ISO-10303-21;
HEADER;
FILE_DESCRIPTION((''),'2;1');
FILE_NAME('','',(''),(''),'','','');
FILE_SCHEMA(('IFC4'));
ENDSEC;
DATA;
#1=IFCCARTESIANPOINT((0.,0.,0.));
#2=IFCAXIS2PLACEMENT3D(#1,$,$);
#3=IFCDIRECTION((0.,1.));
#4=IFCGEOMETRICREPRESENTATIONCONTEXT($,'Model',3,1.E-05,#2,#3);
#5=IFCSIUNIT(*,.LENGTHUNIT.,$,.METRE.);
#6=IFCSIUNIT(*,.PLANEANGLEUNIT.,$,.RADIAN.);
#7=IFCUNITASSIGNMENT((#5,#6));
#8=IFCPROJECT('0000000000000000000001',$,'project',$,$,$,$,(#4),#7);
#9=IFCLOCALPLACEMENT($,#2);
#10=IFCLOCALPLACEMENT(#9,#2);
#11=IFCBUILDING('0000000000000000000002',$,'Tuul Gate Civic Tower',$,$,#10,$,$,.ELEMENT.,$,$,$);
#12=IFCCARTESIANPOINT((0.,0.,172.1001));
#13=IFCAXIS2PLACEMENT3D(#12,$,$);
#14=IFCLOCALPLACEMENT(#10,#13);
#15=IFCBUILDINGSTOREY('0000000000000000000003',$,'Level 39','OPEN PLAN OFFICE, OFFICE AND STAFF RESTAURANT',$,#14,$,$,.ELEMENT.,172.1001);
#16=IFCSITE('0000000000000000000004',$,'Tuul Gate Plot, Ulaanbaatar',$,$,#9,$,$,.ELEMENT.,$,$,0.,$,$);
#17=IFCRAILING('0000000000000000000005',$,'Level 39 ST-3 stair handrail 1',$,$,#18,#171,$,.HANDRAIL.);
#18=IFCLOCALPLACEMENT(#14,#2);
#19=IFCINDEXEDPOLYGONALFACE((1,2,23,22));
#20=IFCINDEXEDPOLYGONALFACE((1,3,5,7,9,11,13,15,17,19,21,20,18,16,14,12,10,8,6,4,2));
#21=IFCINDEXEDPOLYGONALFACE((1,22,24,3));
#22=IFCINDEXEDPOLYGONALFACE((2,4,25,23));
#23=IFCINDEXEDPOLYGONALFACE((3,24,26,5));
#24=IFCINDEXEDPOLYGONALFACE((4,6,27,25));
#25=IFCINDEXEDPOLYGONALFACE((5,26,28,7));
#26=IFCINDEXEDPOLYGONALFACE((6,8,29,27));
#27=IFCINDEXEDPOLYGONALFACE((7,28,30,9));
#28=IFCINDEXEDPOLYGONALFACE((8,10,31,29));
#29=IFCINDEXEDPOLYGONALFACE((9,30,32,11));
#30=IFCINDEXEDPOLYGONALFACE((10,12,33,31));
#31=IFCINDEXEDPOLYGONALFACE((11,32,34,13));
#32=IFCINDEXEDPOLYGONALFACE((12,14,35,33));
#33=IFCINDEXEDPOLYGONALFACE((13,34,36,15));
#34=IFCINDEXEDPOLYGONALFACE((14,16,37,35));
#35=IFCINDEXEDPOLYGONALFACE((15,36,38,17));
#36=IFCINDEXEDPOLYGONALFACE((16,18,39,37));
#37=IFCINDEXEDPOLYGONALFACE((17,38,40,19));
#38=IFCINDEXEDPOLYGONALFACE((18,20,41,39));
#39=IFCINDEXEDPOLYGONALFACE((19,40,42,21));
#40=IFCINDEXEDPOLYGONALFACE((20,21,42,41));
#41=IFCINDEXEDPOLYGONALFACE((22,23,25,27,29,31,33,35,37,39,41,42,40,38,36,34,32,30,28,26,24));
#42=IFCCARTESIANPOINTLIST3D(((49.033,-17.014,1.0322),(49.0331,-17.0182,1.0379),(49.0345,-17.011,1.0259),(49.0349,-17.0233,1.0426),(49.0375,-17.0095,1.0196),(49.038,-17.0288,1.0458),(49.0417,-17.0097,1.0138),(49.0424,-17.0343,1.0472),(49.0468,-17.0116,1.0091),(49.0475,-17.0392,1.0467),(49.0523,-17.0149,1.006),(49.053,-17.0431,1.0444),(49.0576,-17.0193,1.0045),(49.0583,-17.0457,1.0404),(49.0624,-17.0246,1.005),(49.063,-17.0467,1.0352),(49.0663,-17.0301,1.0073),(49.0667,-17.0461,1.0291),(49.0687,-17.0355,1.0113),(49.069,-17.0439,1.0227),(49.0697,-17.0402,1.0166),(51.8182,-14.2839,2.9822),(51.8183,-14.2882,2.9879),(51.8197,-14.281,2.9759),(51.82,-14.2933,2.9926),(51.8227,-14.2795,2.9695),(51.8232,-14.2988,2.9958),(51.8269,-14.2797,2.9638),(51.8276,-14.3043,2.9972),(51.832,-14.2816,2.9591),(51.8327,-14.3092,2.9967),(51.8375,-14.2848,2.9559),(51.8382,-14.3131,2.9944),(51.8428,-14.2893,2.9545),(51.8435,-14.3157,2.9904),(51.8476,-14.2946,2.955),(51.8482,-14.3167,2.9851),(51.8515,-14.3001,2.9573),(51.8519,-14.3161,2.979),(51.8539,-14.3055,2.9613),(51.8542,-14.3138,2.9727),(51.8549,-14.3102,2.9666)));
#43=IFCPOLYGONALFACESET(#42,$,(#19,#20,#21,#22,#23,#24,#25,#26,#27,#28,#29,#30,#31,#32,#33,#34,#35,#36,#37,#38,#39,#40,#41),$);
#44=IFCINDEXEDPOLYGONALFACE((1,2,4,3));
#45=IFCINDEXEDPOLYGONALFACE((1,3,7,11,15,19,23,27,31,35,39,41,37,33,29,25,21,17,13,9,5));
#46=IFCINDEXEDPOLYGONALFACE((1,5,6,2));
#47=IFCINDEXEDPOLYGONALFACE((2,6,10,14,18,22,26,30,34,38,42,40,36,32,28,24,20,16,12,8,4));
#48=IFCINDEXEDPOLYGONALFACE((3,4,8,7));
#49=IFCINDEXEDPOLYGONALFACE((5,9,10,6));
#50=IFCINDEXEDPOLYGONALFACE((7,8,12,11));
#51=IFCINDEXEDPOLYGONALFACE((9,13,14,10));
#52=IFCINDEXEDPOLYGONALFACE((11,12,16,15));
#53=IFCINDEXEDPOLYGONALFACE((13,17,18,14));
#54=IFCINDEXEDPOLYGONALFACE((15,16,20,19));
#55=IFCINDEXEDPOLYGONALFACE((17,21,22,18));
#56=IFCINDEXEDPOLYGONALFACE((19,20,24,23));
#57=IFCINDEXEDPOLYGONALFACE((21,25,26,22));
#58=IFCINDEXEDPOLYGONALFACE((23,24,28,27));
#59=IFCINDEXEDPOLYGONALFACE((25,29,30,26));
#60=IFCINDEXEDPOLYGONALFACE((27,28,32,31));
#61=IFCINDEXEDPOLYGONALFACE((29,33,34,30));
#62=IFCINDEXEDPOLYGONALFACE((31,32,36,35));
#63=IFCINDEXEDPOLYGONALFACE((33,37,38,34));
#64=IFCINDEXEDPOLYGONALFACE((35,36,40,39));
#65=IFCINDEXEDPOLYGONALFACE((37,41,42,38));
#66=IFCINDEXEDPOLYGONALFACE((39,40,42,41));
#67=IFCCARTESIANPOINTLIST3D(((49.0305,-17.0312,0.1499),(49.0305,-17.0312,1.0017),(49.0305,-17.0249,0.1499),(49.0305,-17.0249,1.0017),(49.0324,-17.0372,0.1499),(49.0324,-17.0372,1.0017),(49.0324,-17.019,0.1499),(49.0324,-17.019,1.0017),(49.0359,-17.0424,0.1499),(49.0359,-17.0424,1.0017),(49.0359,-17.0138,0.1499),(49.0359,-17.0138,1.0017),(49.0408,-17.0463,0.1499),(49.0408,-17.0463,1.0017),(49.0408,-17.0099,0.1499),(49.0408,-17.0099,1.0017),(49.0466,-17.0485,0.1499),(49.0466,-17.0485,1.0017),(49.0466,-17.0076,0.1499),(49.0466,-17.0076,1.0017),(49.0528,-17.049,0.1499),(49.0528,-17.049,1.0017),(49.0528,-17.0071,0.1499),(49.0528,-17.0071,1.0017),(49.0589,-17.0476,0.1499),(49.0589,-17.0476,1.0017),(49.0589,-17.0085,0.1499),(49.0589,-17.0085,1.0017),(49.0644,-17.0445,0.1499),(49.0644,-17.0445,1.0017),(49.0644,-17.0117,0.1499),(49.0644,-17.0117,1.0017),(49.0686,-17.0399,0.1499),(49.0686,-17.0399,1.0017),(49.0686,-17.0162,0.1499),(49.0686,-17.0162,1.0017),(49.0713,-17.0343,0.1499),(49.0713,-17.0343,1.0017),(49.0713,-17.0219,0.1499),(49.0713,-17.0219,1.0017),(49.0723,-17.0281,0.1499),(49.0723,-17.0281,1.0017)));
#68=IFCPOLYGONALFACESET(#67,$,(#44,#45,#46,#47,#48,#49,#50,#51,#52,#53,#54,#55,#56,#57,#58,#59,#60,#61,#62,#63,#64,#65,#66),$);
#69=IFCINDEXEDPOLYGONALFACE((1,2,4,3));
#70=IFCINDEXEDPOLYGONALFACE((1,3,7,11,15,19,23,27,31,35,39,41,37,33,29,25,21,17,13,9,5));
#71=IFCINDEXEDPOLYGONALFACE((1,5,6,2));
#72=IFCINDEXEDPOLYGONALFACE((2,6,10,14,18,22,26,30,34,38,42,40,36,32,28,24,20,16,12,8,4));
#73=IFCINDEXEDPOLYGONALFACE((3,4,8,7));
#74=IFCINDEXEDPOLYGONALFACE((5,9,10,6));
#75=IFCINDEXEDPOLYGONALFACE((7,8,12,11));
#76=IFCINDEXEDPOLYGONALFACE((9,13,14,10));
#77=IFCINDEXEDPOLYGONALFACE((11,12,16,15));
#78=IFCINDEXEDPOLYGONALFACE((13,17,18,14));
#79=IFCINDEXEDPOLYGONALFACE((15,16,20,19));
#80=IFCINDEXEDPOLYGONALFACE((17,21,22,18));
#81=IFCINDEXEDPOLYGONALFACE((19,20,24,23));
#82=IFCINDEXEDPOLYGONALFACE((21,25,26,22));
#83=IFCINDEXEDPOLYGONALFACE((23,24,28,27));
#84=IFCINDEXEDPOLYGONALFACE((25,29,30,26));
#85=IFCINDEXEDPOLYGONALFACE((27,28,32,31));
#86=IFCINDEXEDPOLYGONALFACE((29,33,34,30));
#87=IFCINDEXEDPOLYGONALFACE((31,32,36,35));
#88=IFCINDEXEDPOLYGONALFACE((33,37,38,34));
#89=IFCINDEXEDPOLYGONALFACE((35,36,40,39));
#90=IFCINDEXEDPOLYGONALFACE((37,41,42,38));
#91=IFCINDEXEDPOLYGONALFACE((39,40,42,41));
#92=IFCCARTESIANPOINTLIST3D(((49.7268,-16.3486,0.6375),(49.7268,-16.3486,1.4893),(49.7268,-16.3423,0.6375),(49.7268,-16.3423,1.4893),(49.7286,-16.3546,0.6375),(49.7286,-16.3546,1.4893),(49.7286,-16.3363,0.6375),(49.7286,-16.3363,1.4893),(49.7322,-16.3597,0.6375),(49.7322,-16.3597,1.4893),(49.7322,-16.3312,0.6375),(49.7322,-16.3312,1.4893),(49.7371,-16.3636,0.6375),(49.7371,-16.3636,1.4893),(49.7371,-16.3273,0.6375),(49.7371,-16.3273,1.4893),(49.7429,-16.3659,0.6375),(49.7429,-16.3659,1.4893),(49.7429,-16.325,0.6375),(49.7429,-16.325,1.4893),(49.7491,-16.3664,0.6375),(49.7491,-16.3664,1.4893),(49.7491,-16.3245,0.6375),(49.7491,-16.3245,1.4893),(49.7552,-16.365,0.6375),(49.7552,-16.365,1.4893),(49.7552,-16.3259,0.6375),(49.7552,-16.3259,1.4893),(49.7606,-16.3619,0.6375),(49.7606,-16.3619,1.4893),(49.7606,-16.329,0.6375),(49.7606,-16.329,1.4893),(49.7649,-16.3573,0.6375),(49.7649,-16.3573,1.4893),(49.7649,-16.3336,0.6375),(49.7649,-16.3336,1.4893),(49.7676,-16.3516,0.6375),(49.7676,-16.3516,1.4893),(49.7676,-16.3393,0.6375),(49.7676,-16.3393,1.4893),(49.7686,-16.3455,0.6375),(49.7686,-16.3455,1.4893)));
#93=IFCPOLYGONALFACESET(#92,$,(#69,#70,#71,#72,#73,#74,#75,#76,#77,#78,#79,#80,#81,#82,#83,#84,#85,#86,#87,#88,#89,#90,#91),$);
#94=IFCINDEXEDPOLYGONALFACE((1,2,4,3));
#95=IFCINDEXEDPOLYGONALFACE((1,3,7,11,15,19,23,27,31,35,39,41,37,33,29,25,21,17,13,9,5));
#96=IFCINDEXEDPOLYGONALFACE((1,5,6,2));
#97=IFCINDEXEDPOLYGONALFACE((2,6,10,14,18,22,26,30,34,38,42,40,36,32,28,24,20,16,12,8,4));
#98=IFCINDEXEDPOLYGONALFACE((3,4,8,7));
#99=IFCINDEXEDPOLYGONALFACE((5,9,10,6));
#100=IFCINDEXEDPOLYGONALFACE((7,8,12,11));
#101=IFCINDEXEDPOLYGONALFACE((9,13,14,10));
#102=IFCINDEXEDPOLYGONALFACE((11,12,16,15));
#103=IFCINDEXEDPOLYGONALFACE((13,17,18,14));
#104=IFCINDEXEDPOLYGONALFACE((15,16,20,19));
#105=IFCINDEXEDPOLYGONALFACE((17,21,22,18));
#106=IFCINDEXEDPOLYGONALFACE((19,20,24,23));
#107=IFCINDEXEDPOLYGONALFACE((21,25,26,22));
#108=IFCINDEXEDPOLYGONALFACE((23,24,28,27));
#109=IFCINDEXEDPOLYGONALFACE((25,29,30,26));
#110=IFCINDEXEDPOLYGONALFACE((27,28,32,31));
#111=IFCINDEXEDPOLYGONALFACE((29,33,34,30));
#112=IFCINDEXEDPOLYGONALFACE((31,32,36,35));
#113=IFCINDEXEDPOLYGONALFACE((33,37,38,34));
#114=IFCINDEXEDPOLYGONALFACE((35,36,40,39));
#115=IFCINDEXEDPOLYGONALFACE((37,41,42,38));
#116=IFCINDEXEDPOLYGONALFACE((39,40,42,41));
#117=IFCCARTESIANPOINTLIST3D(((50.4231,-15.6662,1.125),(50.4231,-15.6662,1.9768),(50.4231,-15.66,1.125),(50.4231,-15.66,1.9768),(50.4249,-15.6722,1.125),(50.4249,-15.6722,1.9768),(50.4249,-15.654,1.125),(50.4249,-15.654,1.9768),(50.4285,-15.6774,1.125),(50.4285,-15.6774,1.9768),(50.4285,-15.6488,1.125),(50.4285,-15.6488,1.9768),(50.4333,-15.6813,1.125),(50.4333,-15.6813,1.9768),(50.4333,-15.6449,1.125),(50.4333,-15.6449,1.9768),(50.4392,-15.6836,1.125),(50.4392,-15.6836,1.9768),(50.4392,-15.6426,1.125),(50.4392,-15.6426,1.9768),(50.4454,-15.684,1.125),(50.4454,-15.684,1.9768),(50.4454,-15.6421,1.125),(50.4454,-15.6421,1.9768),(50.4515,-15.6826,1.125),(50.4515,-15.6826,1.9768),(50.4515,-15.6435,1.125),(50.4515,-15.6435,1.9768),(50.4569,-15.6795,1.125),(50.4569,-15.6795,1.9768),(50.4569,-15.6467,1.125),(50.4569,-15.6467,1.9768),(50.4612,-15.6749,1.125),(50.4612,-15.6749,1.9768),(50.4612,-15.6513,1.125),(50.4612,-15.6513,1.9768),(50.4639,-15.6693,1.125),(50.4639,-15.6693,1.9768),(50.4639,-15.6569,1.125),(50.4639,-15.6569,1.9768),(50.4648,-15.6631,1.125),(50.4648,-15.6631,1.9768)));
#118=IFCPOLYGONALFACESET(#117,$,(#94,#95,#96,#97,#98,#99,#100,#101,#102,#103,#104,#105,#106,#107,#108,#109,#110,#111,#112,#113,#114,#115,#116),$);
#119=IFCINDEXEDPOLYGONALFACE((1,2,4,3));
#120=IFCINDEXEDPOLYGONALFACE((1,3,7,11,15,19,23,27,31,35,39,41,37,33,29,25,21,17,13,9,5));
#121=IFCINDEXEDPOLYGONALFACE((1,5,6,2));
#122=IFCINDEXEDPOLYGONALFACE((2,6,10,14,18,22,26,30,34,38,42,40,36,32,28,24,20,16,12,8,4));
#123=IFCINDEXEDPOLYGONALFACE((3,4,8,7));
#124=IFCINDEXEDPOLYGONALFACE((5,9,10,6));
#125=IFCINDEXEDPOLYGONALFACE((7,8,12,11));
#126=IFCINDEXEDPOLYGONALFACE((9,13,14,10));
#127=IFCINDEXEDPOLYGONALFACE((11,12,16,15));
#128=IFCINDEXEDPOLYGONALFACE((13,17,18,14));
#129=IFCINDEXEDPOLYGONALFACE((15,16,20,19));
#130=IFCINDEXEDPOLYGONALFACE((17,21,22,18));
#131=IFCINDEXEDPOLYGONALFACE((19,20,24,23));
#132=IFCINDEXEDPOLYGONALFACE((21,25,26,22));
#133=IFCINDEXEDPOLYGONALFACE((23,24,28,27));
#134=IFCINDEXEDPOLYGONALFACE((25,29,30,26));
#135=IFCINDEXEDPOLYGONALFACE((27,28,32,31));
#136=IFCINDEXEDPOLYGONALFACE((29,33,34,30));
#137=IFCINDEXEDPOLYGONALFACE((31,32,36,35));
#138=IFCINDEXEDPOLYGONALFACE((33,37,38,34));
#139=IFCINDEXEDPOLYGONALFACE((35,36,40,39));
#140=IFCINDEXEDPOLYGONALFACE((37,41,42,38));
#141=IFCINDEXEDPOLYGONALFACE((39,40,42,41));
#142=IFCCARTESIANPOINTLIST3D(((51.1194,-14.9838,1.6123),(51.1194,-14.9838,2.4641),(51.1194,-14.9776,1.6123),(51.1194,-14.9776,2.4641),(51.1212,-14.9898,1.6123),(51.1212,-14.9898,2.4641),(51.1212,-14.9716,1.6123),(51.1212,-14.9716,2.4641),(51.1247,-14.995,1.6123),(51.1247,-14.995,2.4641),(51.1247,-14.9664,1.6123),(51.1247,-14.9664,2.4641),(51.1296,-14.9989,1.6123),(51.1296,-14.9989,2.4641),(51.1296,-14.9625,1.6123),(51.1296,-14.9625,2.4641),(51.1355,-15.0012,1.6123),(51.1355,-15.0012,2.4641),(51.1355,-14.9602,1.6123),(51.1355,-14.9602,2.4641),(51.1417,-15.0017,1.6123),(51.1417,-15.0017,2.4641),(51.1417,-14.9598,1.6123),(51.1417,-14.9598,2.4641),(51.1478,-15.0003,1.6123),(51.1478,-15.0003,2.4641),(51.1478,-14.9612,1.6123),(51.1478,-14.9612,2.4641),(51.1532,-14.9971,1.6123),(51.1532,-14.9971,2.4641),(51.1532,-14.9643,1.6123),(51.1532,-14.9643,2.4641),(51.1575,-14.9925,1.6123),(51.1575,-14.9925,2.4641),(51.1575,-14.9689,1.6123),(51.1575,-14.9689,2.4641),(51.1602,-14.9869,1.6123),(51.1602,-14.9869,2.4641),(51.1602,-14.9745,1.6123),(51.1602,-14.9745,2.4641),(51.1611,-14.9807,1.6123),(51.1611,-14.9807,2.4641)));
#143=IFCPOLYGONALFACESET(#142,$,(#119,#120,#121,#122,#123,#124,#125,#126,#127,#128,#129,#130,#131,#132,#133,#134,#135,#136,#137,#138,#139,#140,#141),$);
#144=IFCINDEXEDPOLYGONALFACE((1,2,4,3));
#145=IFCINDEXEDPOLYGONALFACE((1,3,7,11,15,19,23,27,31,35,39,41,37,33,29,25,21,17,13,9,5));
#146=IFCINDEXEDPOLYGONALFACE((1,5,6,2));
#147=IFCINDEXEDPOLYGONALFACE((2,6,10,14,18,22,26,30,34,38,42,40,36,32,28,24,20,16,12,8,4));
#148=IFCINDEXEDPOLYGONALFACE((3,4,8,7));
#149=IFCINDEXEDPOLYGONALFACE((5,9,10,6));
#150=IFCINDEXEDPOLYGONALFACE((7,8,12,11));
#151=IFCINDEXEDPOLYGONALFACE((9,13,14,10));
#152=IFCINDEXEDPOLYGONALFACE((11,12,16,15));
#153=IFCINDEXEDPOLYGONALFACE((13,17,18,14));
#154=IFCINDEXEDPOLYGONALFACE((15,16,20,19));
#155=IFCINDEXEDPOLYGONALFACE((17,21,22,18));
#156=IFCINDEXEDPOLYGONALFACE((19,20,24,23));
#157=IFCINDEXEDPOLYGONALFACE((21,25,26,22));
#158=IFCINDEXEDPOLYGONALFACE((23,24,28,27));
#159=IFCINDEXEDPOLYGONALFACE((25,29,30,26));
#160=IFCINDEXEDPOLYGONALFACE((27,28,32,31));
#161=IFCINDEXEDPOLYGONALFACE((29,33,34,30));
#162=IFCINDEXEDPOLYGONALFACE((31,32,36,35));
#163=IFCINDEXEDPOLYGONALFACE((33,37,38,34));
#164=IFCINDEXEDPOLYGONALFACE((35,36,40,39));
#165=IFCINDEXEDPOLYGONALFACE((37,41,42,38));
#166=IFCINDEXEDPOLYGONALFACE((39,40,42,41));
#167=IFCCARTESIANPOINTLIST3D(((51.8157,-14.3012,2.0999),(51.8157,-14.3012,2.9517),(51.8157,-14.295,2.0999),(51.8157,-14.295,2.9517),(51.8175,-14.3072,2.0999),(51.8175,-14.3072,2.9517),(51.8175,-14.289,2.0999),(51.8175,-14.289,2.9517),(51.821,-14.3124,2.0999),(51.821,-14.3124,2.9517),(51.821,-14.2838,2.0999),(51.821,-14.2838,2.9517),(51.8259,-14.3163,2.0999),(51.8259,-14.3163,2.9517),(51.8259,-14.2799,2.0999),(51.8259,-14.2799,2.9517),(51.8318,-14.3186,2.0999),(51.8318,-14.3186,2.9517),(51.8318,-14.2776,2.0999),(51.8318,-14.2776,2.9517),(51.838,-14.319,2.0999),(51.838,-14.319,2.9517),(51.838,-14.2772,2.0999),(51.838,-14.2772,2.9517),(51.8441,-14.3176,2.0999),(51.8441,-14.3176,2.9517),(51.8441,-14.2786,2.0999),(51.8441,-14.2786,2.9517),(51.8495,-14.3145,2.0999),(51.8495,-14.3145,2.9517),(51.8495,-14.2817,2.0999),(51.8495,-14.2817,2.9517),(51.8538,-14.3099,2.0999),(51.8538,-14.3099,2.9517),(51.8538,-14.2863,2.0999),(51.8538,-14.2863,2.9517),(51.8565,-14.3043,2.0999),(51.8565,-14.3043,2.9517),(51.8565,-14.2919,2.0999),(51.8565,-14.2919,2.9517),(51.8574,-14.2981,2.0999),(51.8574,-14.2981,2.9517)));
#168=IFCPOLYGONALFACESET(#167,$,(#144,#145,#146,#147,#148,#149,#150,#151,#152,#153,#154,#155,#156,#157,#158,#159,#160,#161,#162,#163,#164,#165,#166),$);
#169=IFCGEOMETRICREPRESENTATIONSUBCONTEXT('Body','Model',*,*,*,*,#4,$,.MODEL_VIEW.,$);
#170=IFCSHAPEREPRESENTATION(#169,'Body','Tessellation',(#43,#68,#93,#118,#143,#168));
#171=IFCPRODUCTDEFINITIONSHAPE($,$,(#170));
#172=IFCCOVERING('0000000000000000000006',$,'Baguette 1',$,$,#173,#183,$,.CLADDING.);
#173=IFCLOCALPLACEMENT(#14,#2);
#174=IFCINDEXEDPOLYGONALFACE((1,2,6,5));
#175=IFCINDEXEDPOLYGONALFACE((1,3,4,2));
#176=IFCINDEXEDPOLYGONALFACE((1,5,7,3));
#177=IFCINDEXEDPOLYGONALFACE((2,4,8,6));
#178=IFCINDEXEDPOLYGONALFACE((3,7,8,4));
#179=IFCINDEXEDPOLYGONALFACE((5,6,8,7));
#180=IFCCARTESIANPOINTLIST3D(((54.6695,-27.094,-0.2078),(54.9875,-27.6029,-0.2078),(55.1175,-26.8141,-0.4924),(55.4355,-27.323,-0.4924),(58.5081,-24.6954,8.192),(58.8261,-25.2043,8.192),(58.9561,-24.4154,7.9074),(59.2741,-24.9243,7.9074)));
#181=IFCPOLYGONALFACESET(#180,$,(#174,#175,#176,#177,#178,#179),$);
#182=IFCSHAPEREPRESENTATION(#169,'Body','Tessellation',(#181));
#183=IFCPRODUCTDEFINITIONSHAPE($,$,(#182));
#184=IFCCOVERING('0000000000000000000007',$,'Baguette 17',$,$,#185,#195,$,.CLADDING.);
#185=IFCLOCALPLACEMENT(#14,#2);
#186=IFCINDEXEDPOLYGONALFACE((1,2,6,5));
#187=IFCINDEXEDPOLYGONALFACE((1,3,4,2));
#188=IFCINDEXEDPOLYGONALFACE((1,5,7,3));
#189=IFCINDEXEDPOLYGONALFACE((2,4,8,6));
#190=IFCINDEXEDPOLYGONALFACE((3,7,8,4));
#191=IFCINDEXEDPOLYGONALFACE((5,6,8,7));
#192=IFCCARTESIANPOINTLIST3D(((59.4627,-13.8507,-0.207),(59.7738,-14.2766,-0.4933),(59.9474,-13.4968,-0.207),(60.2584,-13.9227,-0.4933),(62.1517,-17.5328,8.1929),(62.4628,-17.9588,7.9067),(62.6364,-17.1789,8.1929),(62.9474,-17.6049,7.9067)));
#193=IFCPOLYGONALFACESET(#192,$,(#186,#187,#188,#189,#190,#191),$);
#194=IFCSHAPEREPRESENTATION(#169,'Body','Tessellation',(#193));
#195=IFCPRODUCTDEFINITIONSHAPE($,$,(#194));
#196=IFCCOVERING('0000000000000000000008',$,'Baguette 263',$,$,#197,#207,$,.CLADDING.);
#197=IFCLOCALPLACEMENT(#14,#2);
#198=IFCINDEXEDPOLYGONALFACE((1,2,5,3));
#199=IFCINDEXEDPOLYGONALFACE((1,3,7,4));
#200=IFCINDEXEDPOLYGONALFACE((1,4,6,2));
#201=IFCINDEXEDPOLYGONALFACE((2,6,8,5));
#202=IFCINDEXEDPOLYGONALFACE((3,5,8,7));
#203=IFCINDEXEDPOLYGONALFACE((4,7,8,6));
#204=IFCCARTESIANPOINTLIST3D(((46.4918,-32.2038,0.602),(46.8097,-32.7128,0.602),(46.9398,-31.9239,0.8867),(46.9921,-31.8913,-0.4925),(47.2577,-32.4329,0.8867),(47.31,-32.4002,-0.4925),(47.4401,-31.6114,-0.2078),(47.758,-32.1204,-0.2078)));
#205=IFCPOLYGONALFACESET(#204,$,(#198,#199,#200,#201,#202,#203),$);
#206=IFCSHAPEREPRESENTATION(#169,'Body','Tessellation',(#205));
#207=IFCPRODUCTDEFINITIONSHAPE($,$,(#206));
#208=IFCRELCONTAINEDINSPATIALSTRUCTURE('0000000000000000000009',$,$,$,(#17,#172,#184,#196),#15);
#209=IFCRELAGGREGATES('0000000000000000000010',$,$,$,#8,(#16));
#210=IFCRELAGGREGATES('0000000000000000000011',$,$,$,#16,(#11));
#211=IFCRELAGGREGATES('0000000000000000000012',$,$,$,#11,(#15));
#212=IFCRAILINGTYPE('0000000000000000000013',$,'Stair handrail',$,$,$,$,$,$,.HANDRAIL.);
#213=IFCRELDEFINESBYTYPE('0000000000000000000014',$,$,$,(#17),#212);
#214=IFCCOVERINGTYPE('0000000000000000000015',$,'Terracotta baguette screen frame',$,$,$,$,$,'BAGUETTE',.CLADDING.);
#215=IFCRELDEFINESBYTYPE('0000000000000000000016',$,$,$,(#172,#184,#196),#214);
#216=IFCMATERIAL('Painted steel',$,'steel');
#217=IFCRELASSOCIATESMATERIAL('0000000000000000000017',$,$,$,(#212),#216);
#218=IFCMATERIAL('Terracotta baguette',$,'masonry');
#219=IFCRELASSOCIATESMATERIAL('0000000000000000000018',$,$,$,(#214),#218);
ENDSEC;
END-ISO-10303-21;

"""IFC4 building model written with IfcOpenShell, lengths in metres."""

from ifc_helpers import new_model, si_unit, direction, frame, origin, origin_2d, place, context, subcontext, project, spatial, rectangle, circle, extrude, material, material_profile, profile_set, type_object, element, save


model = new_model("IFC4")

# Units and contexts
model_context = context("Model", 3, precision=1e-05, world=origin(), true_north=direction((0.0, 1.0)))
body_context = subcontext(model_context, "Body", "Model", "MODEL_VIEW")
ifc_project = project(units=[si_unit("LENGTHUNIT", "METRE"), si_unit("PLANEANGLEUNIT", "RADIAN")], contexts=[model_context])

# Site, building, storey
site_placement = place(None, origin())
site = spatial("IfcSite", under=ifc_project, at=site_placement, Name="Tuul Gate Plot, Ulaanbaatar", CompositionType="ELEMENT", RefElevation=0.0)
building_placement = place(site_placement, origin())
building = spatial("IfcBuilding", under=site, at=building_placement, Name="Tuul Gate Civic Tower", CompositionType="ELEMENT")
storey_placement = place(building_placement, frame((0.0, 0.0, 172.1001)))
storey = spatial("IfcBuildingStorey", under=building, at=storey_placement, Name="Level 39", Description="OPEN PLAN OFFICE, OFFICE AND STAFF RESTAURANT", CompositionType="ELEMENT", Elevation=172.1001)

# Railing
ifc_material_1 = material(Name="Painted steel", Category="steel")
railing_type_1 = type_object("IfcRailingType", Name="Stair handrail", PredefinedType="HANDRAIL", material=ifc_material_1)
railing_1_placement = place(storey_placement, frame((49.0513, -17.0281, 0.1499)))
element("IfcRailing", 1, at=railing_1_placement, inside=storey, type_object=railing_type_1, Name="Level 39 ST-3 stair handrail 1", PredefinedType="HANDRAIL", context=body_context, shape_type="SweptSolid", body=[
    extrude(circle(Radius=0.0239, at=origin_2d()), frame((0.0, 0.0, 0.876), z_axis=(0.638754, 0.6261, 0.447206), x_axis=(-0.699998, 0.714145, 0.0)), (0.0, 0.0, 1.0), 4.3604),
    extrude(circle(Radius=0.021, at=origin_2d()), origin(), (0.0, 0.0, 1.0), 0.8518),
    extrude(circle(Radius=0.021, at=origin_2d()), frame((0.6963, 0.6826, 0.4875)), (0.0, 0.0, 1.0), 0.8518),
    extrude(circle(Radius=0.021, at=origin_2d()), frame((1.3926, 1.365, 0.9751)), (0.0, 0.0, 1.0), 0.8518),
    extrude(circle(Radius=0.021, at=origin_2d()), frame((2.0889, 2.0474, 1.4624)), (0.0, 0.0, 1.0), 0.8518),
    extrude(circle(Radius=0.021, at=origin_2d()), frame((2.7852, 2.73, 1.95)), (0.0, 0.0, 1.0), 0.8518),
])

# Coverings
ifc_material_2 = material(Name="Terracotta baguette", Category="masonry")
ifc_material_profile_1 = material_profile(ifc_material_2, rectangle(XDim=0.6001, YDim=0.6001, at=origin_2d()), Name="Terracotta baguette screen frame")
ifc_profile_set_1 = profile_set([ifc_material_profile_1], Name="Terracotta baguette")
covering_type = type_object("IfcCoveringType", Name="Terracotta baguette screen frame", ElementType="BAGUETTE", PredefinedType="CLADDING", material=ifc_profile_set_1)
covering_1_placement = place(storey_placement, frame((55.0525, -27.2085, -0.3501), z_axis=(0.402293, 0.251385, 0.880321), x_axis=(-0.529926, 0.848044, 0.0)))
element("IfcCovering", 2, at=covering_1_placement, inside=storey, type_object=covering_type, Name="Baguette 1", PredefinedType="CLADDING", context=body_context, shape_type="SweptSolid", body=[
    extrude(rectangle(XDim=0.6001, YDim=0.6001, at=origin_2d()), origin(), (0.0, 0.0, 1.0), 9.5417),
])
covering_2_placement = place(storey_placement, frame((62.5496, -17.5688, 8.0498), z_axis=(-0.281344, 0.385258, -0.878875), x_axis=(-0.807581, -0.589756, 0.0)))
element("IfcCovering", 3, at=covering_2_placement, inside=storey, type_object=covering_type, Name="Baguette 17", PredefinedType="CLADDING", context=body_context, shape_type="SweptSolid", body=[
    extrude(rectangle(XDim=0.6001, YDim=0.6001, at=origin_2d()), origin(), (0.0, 0.0, 1.0), 9.5576),
])
covering_3_placement = place(storey_placement, frame((46.8748, -32.3184, 0.7444), z_axis=(0.402352, 0.251347, -0.880305), x_axis=(-0.529813, 0.848115, 0.0)))
element("IfcCovering", 4, at=covering_3_placement, inside=storey, type_object=covering_type, Name="Baguette 263", PredefinedType="CLADDING", context=body_context, shape_type="SweptSolid", body=[
    extrude(rectangle(XDim=0.6001, YDim=0.6001, at=origin_2d()), origin(), (0.0, 0.0, 1.0), 1.2434),
])

save(model, "model.ifc")
